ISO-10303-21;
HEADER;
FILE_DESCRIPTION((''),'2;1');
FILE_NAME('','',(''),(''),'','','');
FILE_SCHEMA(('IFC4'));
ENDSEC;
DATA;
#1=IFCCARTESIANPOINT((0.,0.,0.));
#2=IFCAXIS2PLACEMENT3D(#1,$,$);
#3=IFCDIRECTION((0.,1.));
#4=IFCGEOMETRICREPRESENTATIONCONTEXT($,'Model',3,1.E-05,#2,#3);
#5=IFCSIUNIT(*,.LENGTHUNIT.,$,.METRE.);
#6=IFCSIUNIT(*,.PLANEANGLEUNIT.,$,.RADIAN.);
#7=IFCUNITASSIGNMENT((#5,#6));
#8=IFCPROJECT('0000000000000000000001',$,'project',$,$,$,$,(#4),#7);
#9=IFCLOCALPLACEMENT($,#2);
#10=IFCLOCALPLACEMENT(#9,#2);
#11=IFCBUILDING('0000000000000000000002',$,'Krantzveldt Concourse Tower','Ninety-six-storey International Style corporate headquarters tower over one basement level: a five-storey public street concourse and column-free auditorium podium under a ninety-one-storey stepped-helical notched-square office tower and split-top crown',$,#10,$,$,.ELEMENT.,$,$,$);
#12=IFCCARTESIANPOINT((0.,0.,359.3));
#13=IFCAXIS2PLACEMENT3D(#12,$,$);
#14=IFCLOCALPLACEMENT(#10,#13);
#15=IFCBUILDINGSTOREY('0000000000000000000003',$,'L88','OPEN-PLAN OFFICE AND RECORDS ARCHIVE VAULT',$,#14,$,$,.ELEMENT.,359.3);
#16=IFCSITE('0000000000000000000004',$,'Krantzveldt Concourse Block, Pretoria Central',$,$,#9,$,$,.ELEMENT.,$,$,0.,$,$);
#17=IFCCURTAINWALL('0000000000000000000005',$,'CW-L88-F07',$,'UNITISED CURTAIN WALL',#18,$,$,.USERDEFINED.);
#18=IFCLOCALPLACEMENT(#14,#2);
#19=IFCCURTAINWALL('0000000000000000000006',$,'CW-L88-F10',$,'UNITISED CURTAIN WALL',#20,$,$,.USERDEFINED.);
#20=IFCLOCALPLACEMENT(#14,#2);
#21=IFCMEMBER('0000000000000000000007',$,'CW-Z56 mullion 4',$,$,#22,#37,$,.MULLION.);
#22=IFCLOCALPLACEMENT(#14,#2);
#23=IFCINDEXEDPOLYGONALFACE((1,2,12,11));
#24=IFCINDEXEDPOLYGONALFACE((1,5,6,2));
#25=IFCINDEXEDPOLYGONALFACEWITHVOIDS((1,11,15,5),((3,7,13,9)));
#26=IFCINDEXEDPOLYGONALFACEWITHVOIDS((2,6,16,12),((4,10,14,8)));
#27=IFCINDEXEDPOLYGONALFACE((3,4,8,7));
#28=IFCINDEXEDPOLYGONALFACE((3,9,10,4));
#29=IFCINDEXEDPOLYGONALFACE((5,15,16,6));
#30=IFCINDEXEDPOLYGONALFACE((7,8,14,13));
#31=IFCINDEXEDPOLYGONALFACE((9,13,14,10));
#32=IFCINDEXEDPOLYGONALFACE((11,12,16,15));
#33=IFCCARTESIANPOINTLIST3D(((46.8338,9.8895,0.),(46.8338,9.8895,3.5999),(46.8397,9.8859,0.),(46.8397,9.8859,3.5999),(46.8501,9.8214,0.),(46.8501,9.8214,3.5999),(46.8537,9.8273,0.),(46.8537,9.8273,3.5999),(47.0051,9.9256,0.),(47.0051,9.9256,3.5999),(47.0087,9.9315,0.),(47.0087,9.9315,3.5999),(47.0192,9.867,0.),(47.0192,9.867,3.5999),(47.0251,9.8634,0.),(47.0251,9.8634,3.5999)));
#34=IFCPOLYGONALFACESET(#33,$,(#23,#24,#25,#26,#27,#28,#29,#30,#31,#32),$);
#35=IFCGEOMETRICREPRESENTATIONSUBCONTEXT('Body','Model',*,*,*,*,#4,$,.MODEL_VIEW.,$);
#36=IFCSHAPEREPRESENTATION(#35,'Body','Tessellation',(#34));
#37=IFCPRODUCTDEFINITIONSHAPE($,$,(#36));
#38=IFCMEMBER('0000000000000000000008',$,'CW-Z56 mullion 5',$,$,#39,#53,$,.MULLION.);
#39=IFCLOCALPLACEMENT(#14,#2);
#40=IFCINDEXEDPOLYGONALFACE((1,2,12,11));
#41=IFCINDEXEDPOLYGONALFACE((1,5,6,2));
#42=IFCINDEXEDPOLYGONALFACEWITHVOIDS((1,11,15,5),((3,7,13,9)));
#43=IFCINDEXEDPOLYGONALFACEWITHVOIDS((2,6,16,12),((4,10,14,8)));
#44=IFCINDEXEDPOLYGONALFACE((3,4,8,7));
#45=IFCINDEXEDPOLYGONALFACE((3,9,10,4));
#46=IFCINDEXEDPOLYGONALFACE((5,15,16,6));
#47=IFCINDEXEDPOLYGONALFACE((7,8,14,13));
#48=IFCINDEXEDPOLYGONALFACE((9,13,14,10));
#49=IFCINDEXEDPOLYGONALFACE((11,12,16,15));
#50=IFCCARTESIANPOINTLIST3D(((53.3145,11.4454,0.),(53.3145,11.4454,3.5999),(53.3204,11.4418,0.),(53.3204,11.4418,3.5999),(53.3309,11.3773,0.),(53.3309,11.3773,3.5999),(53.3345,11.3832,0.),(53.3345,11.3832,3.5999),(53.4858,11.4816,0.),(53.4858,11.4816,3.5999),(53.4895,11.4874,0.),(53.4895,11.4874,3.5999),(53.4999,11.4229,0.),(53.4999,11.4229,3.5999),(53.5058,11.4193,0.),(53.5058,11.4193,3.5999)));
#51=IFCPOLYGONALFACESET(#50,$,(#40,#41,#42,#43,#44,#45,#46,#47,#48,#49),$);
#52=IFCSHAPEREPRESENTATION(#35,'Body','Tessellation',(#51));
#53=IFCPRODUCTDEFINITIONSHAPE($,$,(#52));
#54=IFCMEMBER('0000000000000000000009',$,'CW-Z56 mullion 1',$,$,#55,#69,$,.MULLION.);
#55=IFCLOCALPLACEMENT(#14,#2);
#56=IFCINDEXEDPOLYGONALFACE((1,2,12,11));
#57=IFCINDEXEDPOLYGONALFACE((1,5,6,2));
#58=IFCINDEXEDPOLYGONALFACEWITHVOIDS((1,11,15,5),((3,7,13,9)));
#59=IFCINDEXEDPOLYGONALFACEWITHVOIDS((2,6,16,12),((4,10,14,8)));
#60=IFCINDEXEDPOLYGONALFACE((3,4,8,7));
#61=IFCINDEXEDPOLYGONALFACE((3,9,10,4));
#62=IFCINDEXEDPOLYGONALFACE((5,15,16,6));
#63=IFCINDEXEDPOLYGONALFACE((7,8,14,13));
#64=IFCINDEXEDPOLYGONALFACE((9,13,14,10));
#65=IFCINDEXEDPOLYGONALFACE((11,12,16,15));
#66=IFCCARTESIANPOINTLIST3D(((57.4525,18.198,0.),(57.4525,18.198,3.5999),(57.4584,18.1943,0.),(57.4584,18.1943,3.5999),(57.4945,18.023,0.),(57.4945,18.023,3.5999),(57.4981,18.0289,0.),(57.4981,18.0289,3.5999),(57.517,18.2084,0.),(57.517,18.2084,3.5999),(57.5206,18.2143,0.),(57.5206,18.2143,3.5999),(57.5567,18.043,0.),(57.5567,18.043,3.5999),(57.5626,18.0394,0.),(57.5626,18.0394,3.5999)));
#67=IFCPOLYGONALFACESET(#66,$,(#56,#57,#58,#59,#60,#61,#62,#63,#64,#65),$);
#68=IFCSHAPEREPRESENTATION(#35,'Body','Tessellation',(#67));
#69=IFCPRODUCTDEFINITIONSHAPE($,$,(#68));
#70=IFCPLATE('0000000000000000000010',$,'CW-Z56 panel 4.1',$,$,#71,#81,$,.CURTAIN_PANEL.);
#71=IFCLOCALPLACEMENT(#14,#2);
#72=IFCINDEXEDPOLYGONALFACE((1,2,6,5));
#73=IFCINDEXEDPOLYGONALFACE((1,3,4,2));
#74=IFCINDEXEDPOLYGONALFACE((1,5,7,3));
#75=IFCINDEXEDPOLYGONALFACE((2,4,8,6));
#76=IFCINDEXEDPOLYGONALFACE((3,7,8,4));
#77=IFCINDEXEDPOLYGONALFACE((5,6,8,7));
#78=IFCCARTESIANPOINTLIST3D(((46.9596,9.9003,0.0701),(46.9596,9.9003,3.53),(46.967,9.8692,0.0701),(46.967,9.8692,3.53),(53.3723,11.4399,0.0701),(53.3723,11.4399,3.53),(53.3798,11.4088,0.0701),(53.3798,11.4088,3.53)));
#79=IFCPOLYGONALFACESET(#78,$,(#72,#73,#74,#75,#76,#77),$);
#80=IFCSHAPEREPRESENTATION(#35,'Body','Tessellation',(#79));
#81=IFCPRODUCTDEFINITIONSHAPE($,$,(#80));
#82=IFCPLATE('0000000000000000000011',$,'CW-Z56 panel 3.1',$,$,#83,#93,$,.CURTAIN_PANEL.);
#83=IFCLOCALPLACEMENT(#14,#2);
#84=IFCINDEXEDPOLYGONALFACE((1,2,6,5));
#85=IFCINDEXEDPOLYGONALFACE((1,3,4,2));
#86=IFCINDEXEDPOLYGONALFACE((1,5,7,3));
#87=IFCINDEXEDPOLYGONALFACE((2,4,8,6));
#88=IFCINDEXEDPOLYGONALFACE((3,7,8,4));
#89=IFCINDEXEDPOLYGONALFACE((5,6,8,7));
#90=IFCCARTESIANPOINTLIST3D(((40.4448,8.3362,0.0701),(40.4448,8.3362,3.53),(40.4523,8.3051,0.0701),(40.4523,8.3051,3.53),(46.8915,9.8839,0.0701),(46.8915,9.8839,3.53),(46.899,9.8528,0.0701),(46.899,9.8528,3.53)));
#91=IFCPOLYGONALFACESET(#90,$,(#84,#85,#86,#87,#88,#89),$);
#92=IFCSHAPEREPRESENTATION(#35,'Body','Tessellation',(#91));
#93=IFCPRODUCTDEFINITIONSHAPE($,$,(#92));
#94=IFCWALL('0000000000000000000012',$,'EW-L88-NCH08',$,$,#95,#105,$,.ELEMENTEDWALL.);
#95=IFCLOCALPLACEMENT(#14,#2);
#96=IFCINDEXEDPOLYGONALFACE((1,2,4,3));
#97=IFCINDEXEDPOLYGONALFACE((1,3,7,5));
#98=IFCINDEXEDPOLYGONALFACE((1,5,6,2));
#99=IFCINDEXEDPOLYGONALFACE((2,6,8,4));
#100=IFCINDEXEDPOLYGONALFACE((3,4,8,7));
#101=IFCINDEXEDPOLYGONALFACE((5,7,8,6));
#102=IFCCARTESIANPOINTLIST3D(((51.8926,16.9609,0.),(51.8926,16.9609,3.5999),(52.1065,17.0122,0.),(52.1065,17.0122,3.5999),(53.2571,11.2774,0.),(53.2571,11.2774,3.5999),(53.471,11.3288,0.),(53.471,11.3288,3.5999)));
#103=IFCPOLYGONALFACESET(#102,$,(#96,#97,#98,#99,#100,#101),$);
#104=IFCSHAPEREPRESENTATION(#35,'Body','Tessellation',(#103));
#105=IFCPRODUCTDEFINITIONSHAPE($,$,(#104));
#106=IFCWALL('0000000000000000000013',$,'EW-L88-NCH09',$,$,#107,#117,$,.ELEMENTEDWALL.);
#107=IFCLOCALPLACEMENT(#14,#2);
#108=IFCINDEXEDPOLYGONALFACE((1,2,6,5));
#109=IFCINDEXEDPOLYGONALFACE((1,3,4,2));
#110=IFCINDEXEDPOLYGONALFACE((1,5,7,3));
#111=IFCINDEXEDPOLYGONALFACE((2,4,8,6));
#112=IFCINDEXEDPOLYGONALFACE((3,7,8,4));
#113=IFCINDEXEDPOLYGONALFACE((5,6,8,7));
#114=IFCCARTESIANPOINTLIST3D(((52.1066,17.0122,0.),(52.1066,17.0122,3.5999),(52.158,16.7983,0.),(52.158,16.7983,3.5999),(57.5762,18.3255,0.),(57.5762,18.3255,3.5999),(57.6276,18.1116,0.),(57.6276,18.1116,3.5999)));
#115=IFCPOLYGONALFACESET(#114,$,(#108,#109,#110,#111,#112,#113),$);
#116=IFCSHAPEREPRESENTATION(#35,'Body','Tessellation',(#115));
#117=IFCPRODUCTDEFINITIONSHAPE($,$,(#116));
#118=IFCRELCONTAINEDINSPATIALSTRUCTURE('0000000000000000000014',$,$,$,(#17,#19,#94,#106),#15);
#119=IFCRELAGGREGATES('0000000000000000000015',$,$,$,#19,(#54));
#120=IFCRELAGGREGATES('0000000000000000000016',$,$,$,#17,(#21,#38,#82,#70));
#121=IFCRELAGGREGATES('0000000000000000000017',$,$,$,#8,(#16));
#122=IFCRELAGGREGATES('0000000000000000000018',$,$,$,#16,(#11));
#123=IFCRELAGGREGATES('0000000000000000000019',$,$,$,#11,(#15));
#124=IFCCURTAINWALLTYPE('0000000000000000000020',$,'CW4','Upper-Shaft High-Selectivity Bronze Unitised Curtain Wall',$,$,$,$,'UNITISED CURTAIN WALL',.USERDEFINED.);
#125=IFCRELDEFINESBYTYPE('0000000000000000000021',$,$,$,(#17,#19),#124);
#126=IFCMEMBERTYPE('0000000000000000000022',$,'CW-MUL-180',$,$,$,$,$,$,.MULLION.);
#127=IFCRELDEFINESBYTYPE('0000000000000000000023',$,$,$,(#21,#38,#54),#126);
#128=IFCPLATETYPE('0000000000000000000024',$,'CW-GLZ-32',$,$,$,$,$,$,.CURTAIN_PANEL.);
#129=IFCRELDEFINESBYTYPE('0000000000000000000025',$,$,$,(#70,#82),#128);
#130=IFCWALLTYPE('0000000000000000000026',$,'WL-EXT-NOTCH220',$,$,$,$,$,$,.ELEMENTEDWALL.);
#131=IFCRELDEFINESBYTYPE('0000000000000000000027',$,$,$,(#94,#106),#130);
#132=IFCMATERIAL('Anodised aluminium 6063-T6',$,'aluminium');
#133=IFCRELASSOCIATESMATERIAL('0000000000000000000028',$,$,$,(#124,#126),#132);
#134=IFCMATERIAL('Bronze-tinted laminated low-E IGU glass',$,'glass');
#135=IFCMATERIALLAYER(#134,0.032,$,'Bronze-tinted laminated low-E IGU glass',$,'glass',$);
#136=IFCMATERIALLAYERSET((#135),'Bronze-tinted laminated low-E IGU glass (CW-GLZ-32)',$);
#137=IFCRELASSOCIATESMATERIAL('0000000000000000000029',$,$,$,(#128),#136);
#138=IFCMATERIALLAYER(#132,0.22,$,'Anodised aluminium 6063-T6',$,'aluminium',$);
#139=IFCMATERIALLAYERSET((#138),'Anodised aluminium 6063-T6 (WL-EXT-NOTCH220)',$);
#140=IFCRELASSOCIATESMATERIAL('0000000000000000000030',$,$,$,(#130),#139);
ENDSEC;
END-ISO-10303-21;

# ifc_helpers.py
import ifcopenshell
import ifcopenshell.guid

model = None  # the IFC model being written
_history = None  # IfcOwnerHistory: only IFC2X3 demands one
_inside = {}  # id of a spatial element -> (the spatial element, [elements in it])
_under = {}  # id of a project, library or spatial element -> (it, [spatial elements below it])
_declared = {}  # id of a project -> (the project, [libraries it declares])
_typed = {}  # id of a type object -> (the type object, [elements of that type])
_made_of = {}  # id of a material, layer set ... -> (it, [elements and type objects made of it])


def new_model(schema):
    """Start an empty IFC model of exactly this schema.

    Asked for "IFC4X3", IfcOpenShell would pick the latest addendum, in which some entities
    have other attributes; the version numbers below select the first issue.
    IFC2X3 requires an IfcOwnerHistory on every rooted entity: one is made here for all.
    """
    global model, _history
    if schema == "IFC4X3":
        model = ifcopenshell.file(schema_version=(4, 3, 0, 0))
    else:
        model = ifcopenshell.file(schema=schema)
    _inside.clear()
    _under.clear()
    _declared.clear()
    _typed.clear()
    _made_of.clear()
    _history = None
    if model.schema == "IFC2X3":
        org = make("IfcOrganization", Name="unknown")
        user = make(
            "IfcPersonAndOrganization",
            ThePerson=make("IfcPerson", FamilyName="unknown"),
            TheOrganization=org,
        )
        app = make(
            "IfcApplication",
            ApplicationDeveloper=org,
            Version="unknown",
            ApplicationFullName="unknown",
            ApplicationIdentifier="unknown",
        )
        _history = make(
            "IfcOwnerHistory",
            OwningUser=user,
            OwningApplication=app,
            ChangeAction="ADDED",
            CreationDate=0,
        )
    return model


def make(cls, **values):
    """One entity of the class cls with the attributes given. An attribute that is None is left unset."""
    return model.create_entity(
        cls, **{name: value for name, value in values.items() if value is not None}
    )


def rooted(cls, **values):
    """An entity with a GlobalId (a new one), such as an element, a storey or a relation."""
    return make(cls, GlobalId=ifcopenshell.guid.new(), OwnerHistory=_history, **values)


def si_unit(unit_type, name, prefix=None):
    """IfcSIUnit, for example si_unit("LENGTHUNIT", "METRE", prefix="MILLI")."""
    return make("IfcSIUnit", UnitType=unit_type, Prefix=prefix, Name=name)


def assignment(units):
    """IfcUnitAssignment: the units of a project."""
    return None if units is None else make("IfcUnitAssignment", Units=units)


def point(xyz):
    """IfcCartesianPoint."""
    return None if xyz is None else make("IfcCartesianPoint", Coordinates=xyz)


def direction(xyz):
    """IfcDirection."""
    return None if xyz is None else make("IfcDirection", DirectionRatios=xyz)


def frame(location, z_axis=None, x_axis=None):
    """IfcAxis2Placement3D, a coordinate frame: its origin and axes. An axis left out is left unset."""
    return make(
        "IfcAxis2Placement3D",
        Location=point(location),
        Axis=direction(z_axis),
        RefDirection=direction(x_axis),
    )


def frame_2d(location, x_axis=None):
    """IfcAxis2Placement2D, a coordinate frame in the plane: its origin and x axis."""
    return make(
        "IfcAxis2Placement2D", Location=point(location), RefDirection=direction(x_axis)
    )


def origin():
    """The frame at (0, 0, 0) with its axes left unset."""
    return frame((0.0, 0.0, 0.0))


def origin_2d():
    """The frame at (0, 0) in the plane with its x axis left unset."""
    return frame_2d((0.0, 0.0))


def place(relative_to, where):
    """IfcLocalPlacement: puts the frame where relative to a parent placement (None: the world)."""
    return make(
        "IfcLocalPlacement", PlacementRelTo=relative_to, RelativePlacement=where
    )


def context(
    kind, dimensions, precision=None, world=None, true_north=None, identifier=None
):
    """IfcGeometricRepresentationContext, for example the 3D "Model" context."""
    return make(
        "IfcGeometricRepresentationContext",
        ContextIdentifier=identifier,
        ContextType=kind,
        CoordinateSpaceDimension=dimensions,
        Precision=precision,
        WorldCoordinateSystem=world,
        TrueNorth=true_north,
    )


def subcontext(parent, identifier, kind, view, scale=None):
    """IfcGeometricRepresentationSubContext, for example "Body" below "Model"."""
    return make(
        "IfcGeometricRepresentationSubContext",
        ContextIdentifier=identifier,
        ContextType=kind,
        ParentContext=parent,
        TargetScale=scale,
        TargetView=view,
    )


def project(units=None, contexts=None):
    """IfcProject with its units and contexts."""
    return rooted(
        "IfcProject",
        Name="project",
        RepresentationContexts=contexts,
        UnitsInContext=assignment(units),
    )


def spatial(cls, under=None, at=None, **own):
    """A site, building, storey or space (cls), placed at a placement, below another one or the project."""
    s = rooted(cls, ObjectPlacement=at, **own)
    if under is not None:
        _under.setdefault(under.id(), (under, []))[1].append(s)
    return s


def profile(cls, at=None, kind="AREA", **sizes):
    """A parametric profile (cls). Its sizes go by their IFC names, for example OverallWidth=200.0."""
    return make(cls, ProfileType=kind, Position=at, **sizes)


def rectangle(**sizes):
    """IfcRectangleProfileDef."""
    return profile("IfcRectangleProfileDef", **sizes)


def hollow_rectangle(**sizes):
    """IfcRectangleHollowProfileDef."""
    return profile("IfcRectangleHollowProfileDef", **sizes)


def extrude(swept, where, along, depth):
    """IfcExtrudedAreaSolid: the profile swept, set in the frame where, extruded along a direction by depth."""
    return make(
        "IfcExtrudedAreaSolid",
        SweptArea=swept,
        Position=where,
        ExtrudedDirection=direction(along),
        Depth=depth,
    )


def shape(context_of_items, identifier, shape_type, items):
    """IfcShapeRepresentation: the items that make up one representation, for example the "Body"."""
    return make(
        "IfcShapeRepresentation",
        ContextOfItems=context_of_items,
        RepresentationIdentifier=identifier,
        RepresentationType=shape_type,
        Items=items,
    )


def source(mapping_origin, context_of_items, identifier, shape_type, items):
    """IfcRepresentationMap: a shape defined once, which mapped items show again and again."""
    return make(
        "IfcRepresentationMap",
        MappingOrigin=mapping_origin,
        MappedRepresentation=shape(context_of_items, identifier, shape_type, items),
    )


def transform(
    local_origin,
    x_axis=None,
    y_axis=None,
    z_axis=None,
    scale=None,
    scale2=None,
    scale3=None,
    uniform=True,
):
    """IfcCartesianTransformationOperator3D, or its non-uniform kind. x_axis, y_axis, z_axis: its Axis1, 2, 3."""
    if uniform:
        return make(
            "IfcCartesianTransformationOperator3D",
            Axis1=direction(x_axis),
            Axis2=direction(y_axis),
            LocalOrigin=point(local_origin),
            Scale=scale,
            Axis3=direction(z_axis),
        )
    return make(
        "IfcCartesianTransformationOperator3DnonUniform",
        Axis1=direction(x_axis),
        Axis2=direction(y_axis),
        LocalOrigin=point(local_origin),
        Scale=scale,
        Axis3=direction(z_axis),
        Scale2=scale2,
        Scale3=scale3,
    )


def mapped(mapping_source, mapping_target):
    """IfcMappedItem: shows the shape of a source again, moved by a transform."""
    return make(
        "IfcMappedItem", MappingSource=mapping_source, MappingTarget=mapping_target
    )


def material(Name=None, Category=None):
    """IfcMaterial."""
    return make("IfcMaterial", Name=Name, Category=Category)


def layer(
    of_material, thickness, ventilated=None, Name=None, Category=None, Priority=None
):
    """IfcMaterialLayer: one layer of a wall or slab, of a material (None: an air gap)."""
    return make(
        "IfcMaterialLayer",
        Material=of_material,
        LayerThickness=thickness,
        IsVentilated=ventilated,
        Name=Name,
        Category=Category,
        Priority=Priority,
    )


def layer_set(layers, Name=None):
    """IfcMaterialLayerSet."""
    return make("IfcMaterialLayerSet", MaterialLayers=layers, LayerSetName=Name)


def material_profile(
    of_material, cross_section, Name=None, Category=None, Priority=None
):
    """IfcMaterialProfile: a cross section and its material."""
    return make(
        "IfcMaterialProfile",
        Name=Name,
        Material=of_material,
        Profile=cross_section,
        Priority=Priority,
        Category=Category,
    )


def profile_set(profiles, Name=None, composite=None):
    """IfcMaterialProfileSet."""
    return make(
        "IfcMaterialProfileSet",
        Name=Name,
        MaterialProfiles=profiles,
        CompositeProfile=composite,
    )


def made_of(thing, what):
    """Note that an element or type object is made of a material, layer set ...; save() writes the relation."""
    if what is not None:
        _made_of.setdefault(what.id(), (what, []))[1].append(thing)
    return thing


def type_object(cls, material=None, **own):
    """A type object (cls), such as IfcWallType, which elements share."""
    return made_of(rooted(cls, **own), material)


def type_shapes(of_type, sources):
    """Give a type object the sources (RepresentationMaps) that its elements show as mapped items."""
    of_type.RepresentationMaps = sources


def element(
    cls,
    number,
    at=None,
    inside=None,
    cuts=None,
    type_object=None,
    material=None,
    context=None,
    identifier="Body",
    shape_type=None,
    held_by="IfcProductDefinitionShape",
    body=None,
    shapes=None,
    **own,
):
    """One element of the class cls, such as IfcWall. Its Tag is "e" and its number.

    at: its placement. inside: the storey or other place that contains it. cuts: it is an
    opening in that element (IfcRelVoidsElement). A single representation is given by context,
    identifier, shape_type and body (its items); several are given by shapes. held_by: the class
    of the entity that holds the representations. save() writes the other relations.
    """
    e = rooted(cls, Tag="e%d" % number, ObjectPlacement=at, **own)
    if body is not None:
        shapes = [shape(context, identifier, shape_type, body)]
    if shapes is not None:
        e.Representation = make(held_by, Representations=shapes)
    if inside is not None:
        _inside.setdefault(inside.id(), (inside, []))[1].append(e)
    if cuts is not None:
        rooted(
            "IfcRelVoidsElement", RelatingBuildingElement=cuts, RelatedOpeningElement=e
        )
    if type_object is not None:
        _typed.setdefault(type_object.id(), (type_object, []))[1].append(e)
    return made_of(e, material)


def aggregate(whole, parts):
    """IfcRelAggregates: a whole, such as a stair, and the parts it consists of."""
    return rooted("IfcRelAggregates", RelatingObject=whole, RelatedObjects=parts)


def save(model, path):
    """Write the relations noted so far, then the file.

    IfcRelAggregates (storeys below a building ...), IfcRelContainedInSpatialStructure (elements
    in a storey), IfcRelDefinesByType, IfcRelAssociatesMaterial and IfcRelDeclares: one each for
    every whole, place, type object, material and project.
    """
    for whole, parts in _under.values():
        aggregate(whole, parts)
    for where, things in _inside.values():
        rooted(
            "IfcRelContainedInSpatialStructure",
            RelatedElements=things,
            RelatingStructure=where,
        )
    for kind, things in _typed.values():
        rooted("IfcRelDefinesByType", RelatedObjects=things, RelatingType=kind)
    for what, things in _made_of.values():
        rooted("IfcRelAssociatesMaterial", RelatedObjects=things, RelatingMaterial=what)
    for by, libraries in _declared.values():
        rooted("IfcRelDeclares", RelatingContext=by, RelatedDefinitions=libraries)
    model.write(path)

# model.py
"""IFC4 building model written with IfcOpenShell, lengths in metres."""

from ifc_helpers import new_model, si_unit, direction, frame, frame_2d, origin, origin_2d, place, context, subcontext, project, spatial, rectangle, hollow_rectangle, extrude, source, transform, mapped, material, layer, layer_set, material_profile, profile_set, type_object, type_shapes, element, aggregate, save


model = new_model("IFC4")

# Units and contexts
model_context = context("Model", 3, precision=1e-05, world=origin(), true_north=direction((0.0, 1.0)))
body_context = subcontext(model_context, "Body", "Model", "MODEL_VIEW")
ifc_project = project(units=[si_unit("LENGTHUNIT", "METRE"), si_unit("PLANEANGLEUNIT", "RADIAN")], contexts=[model_context])

# Site, building, storey
site_placement = place(None, origin())
site = spatial("IfcSite", under=ifc_project, at=site_placement, Name="Krantzveldt Concourse Block, Pretoria Central", CompositionType="ELEMENT", RefElevation=0.0)
building_placement = place(site_placement, origin())
building = spatial("IfcBuilding", under=site, at=building_placement, Name="Krantzveldt Concourse Tower", Description="Ninety-six-storey International Style corporate headquarters tower over one basement level: a five-storey public street concourse and column-free auditorium podium under a ninety-one-storey stepped-helical notched-square office tower and split-top crown", CompositionType="ELEMENT")
storey_placement = place(building_placement, frame((0.0, 0.0, 359.3)))
storey = spatial("IfcBuildingStorey", under=building, at=storey_placement, Name="L88", Description="OPEN-PLAN OFFICE AND RECORDS ARCHIVE VAULT", CompositionType="ELEMENT", Elevation=359.3)

# Curtain walls
ifc_material_1 = material(Name="Anodised aluminium 6063-T6", Category="aluminium")
curtain_wall_type = type_object("IfcCurtainWallType", Name="CW4", Description="Upper-Shaft High-Selectivity Bronze Unitised Curtain Wall", ElementType="UNITISED CURTAIN WALL", PredefinedType="USERDEFINED", material=ifc_material_1)
curtain_wall_1_placement = place(storey_placement, origin())
curtain_wall_1 = element("IfcCurtainWall", 1, at=curtain_wall_1_placement, inside=storey, type_object=curtain_wall_type, Name="CW-L88-F07", ObjectType="UNITISED CURTAIN WALL", PredefinedType="USERDEFINED")
curtain_wall_2_placement = place(storey_placement, origin())
curtain_wall_2 = element("IfcCurtainWall", 2, at=curtain_wall_2_placement, inside=storey, type_object=curtain_wall_type, Name="CW-L88-F10", ObjectType="UNITISED CURTAIN WALL", PredefinedType="USERDEFINED")

# Members
ifc_material_profile_1 = material_profile(ifc_material_1, hollow_rectangle(XDim=0.0701, YDim=0.1799, WallThickness=0.0049, at=origin_2d()), Name="Anodised aluminium 6063-T6", Category="aluminium")
ifc_profile_set_1 = profile_set([ifc_material_profile_1], Name="Anodised aluminium 6063-T6 - ALU-MULL 180x70x5")
member_type_1 = type_object("IfcMemberType", Name="CW-MUL-180", PredefinedType="MULLION", material=ifc_profile_set_1)
shared_shape_1 = source(origin(), body_context, "Body", "SweptSolid", [
    extrude(hollow_rectangle(XDim=0.0701, YDim=0.1799, WallThickness=0.0049, at=origin_2d()), origin(), (0.0, 0.0, 1.0), 3.5999),
])
type_shapes(member_type_1, [shared_shape_1])
member_1_placement = place(storey_placement, frame((46.9294, 9.8765, 0.0), z_axis=(0.0, 0.0, 1.0), x_axis=(-0.233445, 0.97237, 0.0)))
member_1 = element("IfcMember", 3, at=member_1_placement, type_object=member_type_1, Name="CW-Z56 mullion 4", PredefinedType="MULLION", context=body_context, shape_type="MappedRepresentation", body=[
    mapped(shared_shape_1, transform((0.0, 0.0, 0.0), x_axis=(1.0, 0.0, 0.0), y_axis=(0.0, 1.0, 0.0), z_axis=(0.0, 0.0, 1.0), scale=1.0)),
])
member_2_placement = place(storey_placement, frame((53.4102, 11.4324, 0.0), z_axis=(0.0, 0.0, 1.0), x_axis=(-0.233445, 0.97237, 0.0)))
member_2 = element("IfcMember", 4, at=member_2_placement, type_object=member_type_1, Name="CW-Z56 mullion 5", PredefinedType="MULLION", context=body_context, shape_type="MappedRepresentation", body=[
    mapped(shared_shape_1, transform((0.0, 0.0, 0.0), x_axis=(1.0, 0.0, 0.0), y_axis=(0.0, 1.0, 0.0), z_axis=(0.0, 0.0, 1.0), scale=1.0)),
])
member_3_placement = place(storey_placement, frame((57.5076, 18.1187, 0.0), z_axis=(0.0, 0.0, 1.0), x_axis=(-0.97237, -0.233445, 0.0)))
member_3 = element("IfcMember", 5, at=member_3_placement, type_object=member_type_1, Name="CW-Z56 mullion 1", PredefinedType="MULLION", context=body_context, shape_type="MappedRepresentation", body=[
    mapped(shared_shape_1, transform((0.0, 0.0, 0.0), x_axis=(1.0, 0.0, 0.0), y_axis=(0.0, 1.0, 0.0), z_axis=(0.0, 0.0, 1.0), scale=1.0)),
])
aggregate(curtain_wall_2, [member_3])

# Plates
ifc_material_2 = material(Name="Bronze-tinted laminated low-E IGU glass", Category="glass")
ifc_layer_1 = layer(ifc_material_2, 0.032, Name="Bronze-tinted laminated low-E IGU glass", Category="glass")
ifc_layer_set_1 = layer_set([ifc_layer_1], Name="Bronze-tinted laminated low-E IGU glass (CW-GLZ-32)")
plate_type = type_object("IfcPlateType", Name="CW-GLZ-32", PredefinedType="CURTAIN_PANEL", material=ifc_layer_set_1)
shared_shape_2 = source(origin(), body_context, "Body", "SweptSolid", [
    extrude(rectangle(XDim=6.595, YDim=0.032, at=origin_2d()), origin(), (0.0, 0.0, 1.0), 3.46),
])
plate_1_placement = place(storey_placement, frame((50.1697, 10.6545, 0.0701), z_axis=(0.0, 0.0, 1.0), x_axis=(0.97237, 0.233445, 0.0)))
plate_1 = element("IfcPlate", 6, at=plate_1_placement, type_object=plate_type, Name="CW-Z56 panel 4.1", PredefinedType="CURTAIN_PANEL", context=body_context, shape_type="MappedRepresentation", body=[
    mapped(shared_shape_2, transform((0.0, 0.0, 0.0), x_axis=(1.0, 0.0, 0.0), y_axis=(0.0, 1.0, 0.0), z_axis=(0.0, 0.0, 1.0), scale=1.0)),
])
shared_shape_3 = source(origin(), body_context, "Body", "SweptSolid", [
    extrude(rectangle(XDim=6.6299, YDim=0.032, at=origin_2d()), origin(), (0.0, 0.0, 1.0), 3.46),
])
type_shapes(plate_type, [shared_shape_2, shared_shape_3])
plate_2_placement = place(storey_placement, frame((43.6719, 9.0945, 0.0701), z_axis=(0.0, 0.0, 1.0), x_axis=(0.97237, 0.233445, 0.0)))
plate_2 = element("IfcPlate", 7, at=plate_2_placement, type_object=plate_type, Name="CW-Z56 panel 3.1", PredefinedType="CURTAIN_PANEL", context=body_context, shape_type="MappedRepresentation", body=[
    mapped(shared_shape_3, transform((0.0, 0.0, 0.0), x_axis=(1.0, 0.0, 0.0), y_axis=(0.0, 1.0, 0.0), z_axis=(0.0, 0.0, 1.0), scale=1.0)),
])
aggregate(curtain_wall_1, [member_1, member_2, plate_2, plate_1])

# Walls
ifc_layer_2 = layer(ifc_material_1, 0.22, Name="Anodised aluminium 6063-T6", Category="aluminium")
ifc_layer_set_2 = layer_set([ifc_layer_2], Name="Anodised aluminium 6063-T6 (WL-EXT-NOTCH220)")
wall_type_1 = type_object("IfcWallType", Name="WL-EXT-NOTCH220", PredefinedType="ELEMENTEDWALL", material=ifc_layer_set_2)
wall_1_placement = place(storey_placement, frame((53.364, 11.3032, 0.0), z_axis=(0.0, 0.0, 1.0), x_axis=(-0.233454, 0.972368, 0.0)))
element("IfcWall", 8, at=wall_1_placement, inside=storey, type_object=wall_type_1, Name="EW-L88-NCH08", PredefinedType="ELEMENTEDWALL", context=body_context, shape_type="SweptSolid", body=[
    extrude(rectangle(XDim=5.845, YDim=0.22, at=frame_2d((2.9224, 0.0))), origin(), (0.0, 0.0, 1.0), 3.5999),
])
wall_2_placement = place(storey_placement, frame((52.1323, 16.9053, 0.0), z_axis=(0.0, 0.0, 1.0), x_axis=(0.972365, 0.233467, 0.0)))
element("IfcWall", 9, at=wall_2_placement, inside=storey, type_object=wall_type_1, Name="EW-L88-NCH09", PredefinedType="ELEMENTEDWALL", context=body_context, shape_type="SweptSolid", body=[
    extrude(rectangle(XDim=5.625, YDim=0.22, at=frame_2d((2.8125, 0.0))), origin(), (0.0, 0.0, 1.0), 3.5999),
])

save(model, "model.ifc")
